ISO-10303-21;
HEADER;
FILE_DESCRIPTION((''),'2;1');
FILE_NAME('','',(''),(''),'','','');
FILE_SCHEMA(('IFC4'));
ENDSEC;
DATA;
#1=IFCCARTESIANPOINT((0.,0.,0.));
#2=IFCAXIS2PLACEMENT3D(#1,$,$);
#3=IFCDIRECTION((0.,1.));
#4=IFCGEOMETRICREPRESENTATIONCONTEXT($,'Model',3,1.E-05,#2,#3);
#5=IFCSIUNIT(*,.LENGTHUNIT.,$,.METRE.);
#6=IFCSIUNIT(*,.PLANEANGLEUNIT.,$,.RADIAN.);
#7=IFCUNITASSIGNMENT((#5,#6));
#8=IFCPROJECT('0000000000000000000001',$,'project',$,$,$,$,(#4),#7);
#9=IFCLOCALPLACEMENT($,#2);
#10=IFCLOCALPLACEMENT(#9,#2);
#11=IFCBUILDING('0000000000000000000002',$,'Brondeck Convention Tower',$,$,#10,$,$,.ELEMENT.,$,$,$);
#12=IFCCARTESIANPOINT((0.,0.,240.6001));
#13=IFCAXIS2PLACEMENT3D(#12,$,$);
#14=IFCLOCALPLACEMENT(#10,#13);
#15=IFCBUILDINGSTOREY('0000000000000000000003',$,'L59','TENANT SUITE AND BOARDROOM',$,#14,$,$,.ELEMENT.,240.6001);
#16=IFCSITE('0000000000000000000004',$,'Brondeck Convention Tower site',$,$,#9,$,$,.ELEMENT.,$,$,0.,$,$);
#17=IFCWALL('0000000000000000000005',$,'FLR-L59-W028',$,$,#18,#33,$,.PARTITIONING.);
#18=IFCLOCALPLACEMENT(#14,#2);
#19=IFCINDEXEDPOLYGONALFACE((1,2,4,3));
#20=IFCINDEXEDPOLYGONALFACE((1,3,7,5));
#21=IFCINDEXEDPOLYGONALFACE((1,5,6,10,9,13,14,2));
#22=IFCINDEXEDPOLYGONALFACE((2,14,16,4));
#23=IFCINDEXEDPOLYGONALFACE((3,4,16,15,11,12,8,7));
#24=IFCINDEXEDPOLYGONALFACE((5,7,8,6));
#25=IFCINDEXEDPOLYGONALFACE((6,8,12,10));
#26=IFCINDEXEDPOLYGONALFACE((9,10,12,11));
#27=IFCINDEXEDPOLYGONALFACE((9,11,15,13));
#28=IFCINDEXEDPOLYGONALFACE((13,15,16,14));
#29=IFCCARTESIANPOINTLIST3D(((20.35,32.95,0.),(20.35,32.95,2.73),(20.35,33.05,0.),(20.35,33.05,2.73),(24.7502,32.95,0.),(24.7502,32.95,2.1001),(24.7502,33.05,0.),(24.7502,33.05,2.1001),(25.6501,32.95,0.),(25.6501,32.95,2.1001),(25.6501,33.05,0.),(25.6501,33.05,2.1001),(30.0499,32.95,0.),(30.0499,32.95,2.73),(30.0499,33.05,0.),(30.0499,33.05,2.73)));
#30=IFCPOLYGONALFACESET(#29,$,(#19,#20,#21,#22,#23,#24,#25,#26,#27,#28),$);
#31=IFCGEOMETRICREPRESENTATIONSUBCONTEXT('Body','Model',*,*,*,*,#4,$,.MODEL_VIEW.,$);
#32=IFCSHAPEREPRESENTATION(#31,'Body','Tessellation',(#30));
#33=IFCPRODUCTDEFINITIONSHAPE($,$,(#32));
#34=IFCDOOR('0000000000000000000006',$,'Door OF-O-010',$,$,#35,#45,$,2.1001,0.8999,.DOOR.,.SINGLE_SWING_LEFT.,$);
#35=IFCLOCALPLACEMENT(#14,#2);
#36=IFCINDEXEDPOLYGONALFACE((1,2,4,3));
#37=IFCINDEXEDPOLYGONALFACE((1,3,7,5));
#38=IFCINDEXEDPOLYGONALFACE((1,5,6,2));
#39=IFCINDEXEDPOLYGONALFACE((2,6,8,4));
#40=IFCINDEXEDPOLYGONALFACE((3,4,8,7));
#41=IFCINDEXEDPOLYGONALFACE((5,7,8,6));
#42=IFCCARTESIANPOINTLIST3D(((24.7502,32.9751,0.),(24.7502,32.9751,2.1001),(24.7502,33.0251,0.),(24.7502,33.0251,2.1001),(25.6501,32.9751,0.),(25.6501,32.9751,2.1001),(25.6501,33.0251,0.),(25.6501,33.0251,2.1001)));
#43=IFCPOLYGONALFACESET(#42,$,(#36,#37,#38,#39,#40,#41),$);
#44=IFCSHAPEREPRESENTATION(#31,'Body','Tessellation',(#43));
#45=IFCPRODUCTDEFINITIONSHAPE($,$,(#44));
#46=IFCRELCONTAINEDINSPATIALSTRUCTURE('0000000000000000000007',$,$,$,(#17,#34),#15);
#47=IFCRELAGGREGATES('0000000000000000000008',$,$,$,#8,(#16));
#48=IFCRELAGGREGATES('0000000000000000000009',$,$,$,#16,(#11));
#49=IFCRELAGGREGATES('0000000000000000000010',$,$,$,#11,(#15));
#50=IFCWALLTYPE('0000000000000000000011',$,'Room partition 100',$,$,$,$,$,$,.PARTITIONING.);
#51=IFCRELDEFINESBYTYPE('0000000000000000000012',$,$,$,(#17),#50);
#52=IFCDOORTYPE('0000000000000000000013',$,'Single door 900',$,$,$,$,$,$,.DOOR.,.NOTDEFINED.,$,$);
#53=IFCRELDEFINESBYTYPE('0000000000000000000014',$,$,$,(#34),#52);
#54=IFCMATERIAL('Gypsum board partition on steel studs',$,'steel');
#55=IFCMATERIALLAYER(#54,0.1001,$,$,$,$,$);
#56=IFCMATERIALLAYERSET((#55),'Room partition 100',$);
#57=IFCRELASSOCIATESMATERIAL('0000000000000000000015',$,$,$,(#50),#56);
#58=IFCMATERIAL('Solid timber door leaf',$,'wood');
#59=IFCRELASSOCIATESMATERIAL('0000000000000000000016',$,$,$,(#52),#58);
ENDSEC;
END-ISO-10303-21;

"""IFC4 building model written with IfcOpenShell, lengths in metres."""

from ifc_helpers import new_model, si_unit, direction, frame, frame_2d, origin, place, context, subcontext, project, spatial, rectangle, extrude, material, layer, layer_set, type_object, element, fill, save


model = new_model("IFC4")

# Units and contexts
model_context = context("Model", 3, precision=1e-05, world=origin(), true_north=direction((0.0, 1.0)))
body_context = subcontext(model_context, "Body", "Model", "MODEL_VIEW")
ifc_project = project(units=[si_unit("LENGTHUNIT", "METRE"), si_unit("PLANEANGLEUNIT", "RADIAN")], contexts=[model_context])

# Site, building, storey
site_placement = place(None, origin())
site = spatial("IfcSite", under=ifc_project, at=site_placement, Name="Brondeck Convention Tower site", CompositionType="ELEMENT", RefElevation=0.0)
building_placement = place(site_placement, origin())
building = spatial("IfcBuilding", under=site, at=building_placement, Name="Brondeck Convention Tower", CompositionType="ELEMENT")
storey_placement = place(building_placement, frame((0.0, 0.0, 240.6001)))
storey = spatial("IfcBuildingStorey", under=building, at=storey_placement, Name="L59", Description="TENANT SUITE AND BOARDROOM", CompositionType="ELEMENT", Elevation=240.6001)

# Wall, opening, door
ifc_material_1 = material(Name="Gypsum board partition on steel studs", Category="steel")
ifc_layer_1 = layer(ifc_material_1, 0.1001)
ifc_layer_set_1 = layer_set([ifc_layer_1], Name="Room partition 100")
wall_type_1 = type_object("IfcWallType", Name="Room partition 100", PredefinedType="PARTITIONING", material=ifc_layer_set_1)
wall_1_placement = place(storey_placement, frame((30.05, 33.0, 0.0), z_axis=(0.0, 0.0, 1.0), x_axis=(-1.0, 0.0, 0.0)))
wall_1 = element("IfcWall", 1, at=wall_1_placement, inside=storey, type_object=wall_type_1, Name="FLR-L59-W028", PredefinedType="PARTITIONING", context=body_context, shape_type="SweptSolid", body=[
    extrude(rectangle(XDim=9.7, YDim=0.1001, at=frame_2d((4.8501, 0.0))), origin(), (0.0, 0.0, 1.0), 2.73),
])
opening_1_placement = place(wall_1_placement, frame((4.3999, 0.0, 0.0)))
opening_1 = element("IfcOpeningElement", 2, at=opening_1_placement, cuts=wall_1, PredefinedType="OPENING", context=body_context, shape_type="SweptSolid", body=[
    extrude(rectangle(XDim=0.8999, YDim=2.1001, at=frame_2d((0.45, 1.05))), frame((0.0, 0.0601, 0.0), z_axis=(0.0, -1.0, 0.0), x_axis=(1.0, 0.0, 0.0)), (0.0, 0.0, 1.0), 0.1201),
])
ifc_material_2 = material(Name="Solid timber door leaf", Category="wood")
door_type = type_object("IfcDoorType", Name="Single door 900", OperationType="NOTDEFINED", PredefinedType="DOOR", material=ifc_material_2)
door_placement = place(opening_1_placement, origin())
door = element("IfcDoor", 3, at=door_placement, inside=storey, type_object=door_type, Name="Door OF-O-010", OperationType="SINGLE_SWING_LEFT", OverallHeight=2.1001, OverallWidth=0.8999, PredefinedType="DOOR", context=body_context, shape_type="SweptSolid", body=[
    extrude(rectangle(XDim=0.8999, YDim=2.1001, at=frame_2d((0.45, 1.05))), frame((0.0, 0.0249, 0.0), z_axis=(0.0, -1.0, 0.0), x_axis=(1.0, 0.0, 0.0)), (0.0, 0.0, 1.0), 0.05),
])
fill(opening_1, door)

save(model, "model.ifc")
